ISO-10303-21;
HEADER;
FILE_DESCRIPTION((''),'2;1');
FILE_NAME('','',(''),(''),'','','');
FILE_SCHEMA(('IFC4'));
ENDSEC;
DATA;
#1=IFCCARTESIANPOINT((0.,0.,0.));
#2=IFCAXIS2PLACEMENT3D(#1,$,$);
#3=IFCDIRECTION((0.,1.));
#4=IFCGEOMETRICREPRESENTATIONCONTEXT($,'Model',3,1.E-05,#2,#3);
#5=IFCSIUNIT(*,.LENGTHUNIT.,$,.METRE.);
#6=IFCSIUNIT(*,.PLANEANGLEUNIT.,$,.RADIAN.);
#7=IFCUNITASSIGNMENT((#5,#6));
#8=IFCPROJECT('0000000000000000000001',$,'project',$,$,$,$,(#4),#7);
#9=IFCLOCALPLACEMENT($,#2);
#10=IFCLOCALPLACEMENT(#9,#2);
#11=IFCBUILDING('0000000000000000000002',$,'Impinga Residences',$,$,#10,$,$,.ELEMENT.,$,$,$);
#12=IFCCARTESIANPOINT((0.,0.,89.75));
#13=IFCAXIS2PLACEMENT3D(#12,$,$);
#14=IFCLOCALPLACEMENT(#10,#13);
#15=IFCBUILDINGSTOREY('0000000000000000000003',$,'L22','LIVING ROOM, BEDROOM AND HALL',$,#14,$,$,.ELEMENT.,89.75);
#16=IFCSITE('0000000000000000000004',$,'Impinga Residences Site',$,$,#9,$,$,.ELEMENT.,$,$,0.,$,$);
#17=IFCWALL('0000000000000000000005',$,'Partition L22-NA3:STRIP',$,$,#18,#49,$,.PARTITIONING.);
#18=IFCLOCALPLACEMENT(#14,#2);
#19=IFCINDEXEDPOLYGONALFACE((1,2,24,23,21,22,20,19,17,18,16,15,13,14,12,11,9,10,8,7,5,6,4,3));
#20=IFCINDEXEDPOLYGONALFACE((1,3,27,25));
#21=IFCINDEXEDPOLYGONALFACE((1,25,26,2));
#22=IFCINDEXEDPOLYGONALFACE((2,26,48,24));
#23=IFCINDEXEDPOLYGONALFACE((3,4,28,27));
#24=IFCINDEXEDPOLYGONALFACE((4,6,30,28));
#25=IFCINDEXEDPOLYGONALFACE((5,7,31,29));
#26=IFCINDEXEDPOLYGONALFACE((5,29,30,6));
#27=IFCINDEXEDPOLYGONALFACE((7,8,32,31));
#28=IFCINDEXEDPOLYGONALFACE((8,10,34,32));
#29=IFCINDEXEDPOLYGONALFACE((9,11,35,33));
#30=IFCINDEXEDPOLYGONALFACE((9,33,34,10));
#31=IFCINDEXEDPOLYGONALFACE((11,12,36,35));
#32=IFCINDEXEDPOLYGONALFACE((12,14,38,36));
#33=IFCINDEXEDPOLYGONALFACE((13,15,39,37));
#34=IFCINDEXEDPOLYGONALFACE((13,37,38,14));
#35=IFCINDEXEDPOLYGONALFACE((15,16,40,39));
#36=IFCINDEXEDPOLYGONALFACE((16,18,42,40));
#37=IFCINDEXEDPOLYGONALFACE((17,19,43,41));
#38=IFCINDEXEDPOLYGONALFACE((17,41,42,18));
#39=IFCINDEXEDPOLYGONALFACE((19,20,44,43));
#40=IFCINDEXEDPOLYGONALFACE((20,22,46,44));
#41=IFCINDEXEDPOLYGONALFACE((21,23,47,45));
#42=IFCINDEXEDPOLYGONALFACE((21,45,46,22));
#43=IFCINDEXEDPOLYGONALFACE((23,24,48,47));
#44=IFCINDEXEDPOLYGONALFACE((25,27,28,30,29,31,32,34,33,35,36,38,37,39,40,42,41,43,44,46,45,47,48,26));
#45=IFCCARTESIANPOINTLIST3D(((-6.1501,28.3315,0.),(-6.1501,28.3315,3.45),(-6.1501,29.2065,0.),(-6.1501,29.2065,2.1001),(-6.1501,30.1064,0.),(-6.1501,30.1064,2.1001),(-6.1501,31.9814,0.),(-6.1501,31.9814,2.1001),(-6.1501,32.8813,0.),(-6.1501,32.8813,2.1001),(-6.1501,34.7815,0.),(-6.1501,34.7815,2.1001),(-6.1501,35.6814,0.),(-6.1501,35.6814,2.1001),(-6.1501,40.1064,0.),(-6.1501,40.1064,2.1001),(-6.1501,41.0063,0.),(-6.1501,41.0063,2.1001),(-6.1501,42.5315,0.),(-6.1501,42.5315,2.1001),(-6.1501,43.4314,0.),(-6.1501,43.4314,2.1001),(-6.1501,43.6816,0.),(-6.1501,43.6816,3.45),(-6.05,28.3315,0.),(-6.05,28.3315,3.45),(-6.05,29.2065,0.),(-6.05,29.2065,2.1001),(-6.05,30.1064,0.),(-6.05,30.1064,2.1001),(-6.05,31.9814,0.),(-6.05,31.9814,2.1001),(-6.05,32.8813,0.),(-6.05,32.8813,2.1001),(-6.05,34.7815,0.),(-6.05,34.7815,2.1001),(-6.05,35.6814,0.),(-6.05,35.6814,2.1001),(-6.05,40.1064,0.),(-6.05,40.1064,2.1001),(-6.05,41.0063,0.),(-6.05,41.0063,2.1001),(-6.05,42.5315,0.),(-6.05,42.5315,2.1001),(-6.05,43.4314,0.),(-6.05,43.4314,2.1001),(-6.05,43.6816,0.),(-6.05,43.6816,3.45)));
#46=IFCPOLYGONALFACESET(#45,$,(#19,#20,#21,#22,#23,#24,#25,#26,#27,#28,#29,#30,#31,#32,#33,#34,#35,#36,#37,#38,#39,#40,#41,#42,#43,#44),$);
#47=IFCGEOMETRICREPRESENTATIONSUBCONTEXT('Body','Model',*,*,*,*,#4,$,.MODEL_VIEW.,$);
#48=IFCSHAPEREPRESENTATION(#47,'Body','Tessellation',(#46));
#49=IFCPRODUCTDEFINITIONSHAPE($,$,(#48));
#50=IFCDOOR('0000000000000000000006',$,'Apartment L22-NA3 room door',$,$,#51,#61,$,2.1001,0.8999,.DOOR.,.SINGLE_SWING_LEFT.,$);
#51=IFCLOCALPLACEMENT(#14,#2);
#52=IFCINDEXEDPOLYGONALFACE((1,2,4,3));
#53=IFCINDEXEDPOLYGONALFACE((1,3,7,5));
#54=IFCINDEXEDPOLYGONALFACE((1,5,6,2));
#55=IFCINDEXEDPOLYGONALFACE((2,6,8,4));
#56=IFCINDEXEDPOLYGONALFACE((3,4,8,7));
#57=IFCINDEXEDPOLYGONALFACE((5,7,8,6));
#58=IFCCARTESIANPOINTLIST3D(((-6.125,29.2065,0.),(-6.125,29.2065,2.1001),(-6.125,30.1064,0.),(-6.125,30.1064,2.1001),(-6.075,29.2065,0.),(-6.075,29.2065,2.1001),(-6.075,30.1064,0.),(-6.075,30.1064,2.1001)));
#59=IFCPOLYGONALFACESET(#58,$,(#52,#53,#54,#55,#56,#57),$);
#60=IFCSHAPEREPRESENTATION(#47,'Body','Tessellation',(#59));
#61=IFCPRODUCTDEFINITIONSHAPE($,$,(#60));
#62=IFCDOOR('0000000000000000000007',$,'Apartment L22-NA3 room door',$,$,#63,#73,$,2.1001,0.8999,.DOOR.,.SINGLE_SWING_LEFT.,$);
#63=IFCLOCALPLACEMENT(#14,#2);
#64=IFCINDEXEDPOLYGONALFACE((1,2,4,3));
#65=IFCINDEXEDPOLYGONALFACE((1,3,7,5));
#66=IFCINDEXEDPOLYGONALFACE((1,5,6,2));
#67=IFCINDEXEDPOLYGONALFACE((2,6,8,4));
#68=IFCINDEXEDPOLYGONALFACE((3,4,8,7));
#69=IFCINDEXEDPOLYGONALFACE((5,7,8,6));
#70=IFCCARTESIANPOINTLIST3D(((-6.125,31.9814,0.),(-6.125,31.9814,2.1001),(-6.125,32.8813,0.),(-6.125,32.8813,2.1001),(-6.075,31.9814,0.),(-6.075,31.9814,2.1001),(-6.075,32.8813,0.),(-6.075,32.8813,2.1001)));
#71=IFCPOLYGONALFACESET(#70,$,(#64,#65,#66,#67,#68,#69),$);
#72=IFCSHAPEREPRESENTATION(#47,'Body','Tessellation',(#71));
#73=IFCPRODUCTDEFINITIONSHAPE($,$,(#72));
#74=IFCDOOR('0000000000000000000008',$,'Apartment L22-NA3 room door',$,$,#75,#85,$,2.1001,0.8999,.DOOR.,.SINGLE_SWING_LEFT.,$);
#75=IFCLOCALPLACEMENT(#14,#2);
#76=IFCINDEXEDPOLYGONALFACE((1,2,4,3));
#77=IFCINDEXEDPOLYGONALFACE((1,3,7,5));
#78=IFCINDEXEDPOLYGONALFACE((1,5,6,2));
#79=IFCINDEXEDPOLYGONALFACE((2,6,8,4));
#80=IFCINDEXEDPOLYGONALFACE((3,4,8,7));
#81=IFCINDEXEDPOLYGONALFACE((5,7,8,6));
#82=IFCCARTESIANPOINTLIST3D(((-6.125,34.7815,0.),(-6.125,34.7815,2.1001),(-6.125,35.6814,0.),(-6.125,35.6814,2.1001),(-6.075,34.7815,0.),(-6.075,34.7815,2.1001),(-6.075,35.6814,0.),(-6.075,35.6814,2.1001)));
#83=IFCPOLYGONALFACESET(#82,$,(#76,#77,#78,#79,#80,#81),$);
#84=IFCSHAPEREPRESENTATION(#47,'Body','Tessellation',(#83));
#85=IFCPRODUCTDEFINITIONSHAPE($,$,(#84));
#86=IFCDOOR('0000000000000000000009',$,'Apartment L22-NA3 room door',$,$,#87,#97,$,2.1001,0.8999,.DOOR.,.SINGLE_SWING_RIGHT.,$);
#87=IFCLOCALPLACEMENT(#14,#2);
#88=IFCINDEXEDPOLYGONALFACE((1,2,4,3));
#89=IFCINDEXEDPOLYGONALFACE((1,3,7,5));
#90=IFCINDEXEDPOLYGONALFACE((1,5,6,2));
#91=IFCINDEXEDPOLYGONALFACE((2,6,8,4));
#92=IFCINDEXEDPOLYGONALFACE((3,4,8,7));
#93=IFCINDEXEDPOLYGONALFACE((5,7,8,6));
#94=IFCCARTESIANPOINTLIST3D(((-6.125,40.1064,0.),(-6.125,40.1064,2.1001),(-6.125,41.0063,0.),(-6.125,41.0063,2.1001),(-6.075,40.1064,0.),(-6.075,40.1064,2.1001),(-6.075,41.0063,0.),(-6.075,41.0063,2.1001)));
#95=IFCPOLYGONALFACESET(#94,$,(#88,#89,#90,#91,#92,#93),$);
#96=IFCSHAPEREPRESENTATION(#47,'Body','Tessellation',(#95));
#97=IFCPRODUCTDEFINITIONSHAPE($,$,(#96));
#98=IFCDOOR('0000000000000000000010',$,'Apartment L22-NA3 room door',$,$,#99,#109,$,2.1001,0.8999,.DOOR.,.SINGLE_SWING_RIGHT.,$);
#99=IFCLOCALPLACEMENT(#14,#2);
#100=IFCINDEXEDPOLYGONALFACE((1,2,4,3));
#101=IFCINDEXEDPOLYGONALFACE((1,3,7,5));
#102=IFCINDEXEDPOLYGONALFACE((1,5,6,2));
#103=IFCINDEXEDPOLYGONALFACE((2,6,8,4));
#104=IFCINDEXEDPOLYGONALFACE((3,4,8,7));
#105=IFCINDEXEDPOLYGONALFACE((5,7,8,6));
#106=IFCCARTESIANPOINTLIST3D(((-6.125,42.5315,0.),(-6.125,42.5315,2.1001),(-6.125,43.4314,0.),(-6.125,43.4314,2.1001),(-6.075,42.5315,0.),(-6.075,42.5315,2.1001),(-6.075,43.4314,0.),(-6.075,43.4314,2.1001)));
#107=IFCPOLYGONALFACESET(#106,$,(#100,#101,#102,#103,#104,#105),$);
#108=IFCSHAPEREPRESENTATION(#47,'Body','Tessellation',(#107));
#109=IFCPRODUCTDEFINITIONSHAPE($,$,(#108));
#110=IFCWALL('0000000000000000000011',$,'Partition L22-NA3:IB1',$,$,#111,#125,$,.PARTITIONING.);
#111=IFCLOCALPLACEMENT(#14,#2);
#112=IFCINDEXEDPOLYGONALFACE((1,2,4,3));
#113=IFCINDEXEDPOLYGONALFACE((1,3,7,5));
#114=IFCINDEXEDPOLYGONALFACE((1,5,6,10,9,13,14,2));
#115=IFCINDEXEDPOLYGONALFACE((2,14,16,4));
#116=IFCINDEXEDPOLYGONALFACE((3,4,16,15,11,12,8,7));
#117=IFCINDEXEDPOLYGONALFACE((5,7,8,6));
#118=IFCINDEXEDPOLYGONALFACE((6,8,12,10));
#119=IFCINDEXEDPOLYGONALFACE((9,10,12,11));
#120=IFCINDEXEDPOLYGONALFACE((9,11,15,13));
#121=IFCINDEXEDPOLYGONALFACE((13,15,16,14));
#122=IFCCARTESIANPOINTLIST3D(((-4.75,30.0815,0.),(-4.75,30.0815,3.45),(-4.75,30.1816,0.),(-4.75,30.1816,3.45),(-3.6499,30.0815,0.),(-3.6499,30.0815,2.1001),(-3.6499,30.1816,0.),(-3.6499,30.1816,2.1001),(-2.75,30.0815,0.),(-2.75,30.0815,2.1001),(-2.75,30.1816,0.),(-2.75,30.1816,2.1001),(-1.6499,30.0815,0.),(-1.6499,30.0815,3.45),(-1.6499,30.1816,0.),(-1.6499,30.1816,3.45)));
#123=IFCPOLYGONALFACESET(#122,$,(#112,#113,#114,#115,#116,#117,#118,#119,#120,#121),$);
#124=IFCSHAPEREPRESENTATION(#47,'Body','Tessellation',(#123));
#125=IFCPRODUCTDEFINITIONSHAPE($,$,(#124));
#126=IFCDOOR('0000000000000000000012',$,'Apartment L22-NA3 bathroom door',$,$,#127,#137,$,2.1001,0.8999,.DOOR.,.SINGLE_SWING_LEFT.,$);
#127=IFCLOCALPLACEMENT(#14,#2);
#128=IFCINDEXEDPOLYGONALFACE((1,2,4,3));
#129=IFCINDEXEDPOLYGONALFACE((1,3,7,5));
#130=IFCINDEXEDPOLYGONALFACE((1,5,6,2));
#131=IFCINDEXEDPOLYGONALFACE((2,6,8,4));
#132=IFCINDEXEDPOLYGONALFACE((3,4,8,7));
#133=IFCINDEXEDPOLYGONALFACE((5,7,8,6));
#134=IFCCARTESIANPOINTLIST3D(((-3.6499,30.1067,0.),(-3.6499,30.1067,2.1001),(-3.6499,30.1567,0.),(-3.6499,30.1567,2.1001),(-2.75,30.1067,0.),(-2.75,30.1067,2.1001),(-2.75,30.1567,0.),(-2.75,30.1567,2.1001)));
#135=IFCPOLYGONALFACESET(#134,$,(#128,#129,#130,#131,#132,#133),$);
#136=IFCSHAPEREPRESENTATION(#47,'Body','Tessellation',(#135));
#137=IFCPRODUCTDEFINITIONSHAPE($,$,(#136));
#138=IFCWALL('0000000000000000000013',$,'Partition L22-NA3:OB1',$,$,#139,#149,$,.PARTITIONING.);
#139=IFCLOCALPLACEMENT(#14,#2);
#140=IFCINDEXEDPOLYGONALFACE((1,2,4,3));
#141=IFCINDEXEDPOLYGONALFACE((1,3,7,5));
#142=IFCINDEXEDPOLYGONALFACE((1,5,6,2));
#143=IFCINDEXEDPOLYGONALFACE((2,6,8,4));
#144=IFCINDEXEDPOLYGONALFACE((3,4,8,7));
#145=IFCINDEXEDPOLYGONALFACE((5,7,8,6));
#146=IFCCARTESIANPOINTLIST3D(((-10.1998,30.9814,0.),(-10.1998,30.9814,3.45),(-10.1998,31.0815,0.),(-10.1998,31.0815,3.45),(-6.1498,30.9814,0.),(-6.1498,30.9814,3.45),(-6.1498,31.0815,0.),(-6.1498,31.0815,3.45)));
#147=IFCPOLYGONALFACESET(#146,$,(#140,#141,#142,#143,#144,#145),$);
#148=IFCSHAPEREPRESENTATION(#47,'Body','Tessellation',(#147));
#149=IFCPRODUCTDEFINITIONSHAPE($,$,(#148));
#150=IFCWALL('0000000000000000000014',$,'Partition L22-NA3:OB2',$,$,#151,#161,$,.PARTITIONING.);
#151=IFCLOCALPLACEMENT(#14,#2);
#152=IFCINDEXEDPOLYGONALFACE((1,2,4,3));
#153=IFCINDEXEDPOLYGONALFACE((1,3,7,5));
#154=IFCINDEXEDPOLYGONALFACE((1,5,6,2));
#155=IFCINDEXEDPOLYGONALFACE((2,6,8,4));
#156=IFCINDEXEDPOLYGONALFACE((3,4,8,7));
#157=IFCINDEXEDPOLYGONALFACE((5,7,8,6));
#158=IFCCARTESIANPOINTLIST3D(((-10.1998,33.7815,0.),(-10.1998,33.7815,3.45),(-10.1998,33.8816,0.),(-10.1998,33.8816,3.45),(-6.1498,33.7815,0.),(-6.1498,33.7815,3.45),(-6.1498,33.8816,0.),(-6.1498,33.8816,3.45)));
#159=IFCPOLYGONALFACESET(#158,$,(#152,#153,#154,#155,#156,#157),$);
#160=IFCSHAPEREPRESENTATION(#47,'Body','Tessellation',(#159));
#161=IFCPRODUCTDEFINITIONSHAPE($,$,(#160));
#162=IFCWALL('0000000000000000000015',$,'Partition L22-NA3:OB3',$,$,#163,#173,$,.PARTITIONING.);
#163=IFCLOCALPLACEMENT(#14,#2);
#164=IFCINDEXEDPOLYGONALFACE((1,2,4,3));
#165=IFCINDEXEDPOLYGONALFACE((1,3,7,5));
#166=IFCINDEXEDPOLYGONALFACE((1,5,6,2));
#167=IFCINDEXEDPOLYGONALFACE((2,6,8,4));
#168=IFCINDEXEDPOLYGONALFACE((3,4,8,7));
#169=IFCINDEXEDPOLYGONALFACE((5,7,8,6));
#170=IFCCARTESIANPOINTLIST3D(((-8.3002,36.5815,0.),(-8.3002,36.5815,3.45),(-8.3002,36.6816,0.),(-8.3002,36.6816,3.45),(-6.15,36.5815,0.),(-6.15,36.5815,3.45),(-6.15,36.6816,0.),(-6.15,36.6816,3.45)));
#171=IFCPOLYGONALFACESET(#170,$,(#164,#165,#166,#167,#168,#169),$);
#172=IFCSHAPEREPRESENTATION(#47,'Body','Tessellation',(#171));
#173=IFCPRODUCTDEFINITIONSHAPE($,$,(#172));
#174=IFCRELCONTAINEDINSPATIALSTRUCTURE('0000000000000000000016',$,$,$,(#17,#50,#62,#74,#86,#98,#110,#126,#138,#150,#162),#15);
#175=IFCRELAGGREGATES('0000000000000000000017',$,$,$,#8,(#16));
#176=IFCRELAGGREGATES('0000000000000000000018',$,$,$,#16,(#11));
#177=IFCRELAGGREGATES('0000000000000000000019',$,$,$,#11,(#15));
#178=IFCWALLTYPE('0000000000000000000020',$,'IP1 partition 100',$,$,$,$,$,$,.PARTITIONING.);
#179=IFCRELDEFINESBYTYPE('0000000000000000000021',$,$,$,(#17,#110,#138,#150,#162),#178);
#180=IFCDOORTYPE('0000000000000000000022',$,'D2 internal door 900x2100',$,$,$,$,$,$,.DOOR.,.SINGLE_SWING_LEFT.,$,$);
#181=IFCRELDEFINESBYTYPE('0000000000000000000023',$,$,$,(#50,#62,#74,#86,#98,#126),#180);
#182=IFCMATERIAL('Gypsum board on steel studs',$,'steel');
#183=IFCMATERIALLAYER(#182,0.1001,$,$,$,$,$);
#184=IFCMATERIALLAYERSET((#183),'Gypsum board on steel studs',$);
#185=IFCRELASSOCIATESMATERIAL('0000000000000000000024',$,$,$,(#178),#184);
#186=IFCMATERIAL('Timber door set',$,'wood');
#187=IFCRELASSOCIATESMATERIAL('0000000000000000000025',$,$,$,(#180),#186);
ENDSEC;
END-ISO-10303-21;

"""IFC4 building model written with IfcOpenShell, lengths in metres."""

from ifc_helpers import new_model, si_unit, direction, frame, frame_2d, origin, place, context, subcontext, project, spatial, rectangle, extrude, material, layer, layer_set, type_object, element, fill, save


model = new_model("IFC4")

# Units and contexts
model_context = context("Model", 3, precision=1e-05, world=origin(), true_north=direction((0.0, 1.0)))
body_context = subcontext(model_context, "Body", "Model", "MODEL_VIEW")
ifc_project = project(units=[si_unit("LENGTHUNIT", "METRE"), si_unit("PLANEANGLEUNIT", "RADIAN")], contexts=[model_context])

# Site, building, storey
site_placement = place(None, origin())
site = spatial("IfcSite", under=ifc_project, at=site_placement, Name="Impinga Residences Site", CompositionType="ELEMENT", RefElevation=0.0)
building_placement = place(site_placement, origin())
building = spatial("IfcBuilding", under=site, at=building_placement, Name="Impinga Residences", CompositionType="ELEMENT")
storey_placement = place(building_placement, frame((0.0, 0.0, 89.75)))
storey = spatial("IfcBuildingStorey", under=building, at=storey_placement, Name="L22", Description="LIVING ROOM, BEDROOM AND HALL", CompositionType="ELEMENT", Elevation=89.75)

# Shared definitions
ifc_material_1 = material(Name="Timber door set", Category="wood")

# Shared definitions
ifc_material_2 = material(Name="Gypsum board on steel studs", Category="steel")
ifc_layer_1 = layer(ifc_material_2, 0.1001)
ifc_layer_set_1 = layer_set([ifc_layer_1], Name="Gypsum board on steel studs")
wall_type_1 = type_object("IfcWallType", Name="IP1 partition 100", PredefinedType="PARTITIONING", material=ifc_layer_set_1)

# Wall, openings, doors
wall_1_placement = place(storey_placement, frame((-6.1001, 28.3315, 0.0), z_axis=(0.0, 0.0, 1.0), x_axis=(0.0, 1.0, 0.0)))
wall_1 = element("IfcWall", 1, at=wall_1_placement, inside=storey, type_object=wall_type_1, Name="Partition L22-NA3:STRIP", PredefinedType="PARTITIONING", context=body_context, shape_type="SweptSolid", body=[
    extrude(rectangle(XDim=15.3501, YDim=0.1001, at=frame_2d((7.675, 0.0))), origin(), (0.0, 0.0, 1.0), 3.45),
])
opening_1_placement = place(wall_1_placement, frame((0.875, 0.0, 0.0)))
opening_1 = element("IfcOpeningElement", 2, at=opening_1_placement, cuts=wall_1, PredefinedType="OPENING", context=body_context, shape_type="SweptSolid", body=[
    extrude(rectangle(XDim=0.8999, YDim=2.1001, at=frame_2d((0.45, 1.05))), frame((0.0, 0.0601, 0.0), z_axis=(0.0, -1.0, 0.0), x_axis=(1.0, 0.0, 0.0)), (0.0, 0.0, 1.0), 0.1201),
])
opening_2_placement = place(wall_1_placement, frame((3.6499, 0.0, 0.0)))
opening_2 = element("IfcOpeningElement", 3, at=opening_2_placement, cuts=wall_1, PredefinedType="OPENING", context=body_context, shape_type="SweptSolid", body=[
    extrude(rectangle(XDim=0.8999, YDim=2.1001, at=frame_2d((0.45, 1.05))), frame((0.0, 0.0601, 0.0), z_axis=(0.0, -1.0, 0.0), x_axis=(1.0, 0.0, 0.0)), (0.0, 0.0, 1.0), 0.1201),
])
opening_3_placement = place(wall_1_placement, frame((6.45, 0.0, 0.0)))
opening_3 = element("IfcOpeningElement", 4, at=opening_3_placement, cuts=wall_1, PredefinedType="OPENING", context=body_context, shape_type="SweptSolid", body=[
    extrude(rectangle(XDim=0.8999, YDim=2.1001, at=frame_2d((0.45, 1.05))), frame((0.0, 0.0601, 0.0), z_axis=(0.0, -1.0, 0.0), x_axis=(1.0, 0.0, 0.0)), (0.0, 0.0, 1.0), 0.1201),
])
opening_4_placement = place(wall_1_placement, frame((11.7749, 0.0, 0.0)))
opening_4 = element("IfcOpeningElement", 5, at=opening_4_placement, cuts=wall_1, PredefinedType="OPENING", context=body_context, shape_type="SweptSolid", body=[
    extrude(rectangle(XDim=0.8999, YDim=2.1001, at=frame_2d((0.45, 1.05))), frame((0.0, 0.0601, 0.0), z_axis=(0.0, -1.0, 0.0), x_axis=(1.0, 0.0, 0.0)), (0.0, 0.0, 1.0), 0.1201),
])
opening_5_placement = place(wall_1_placement, frame((14.2, 0.0, 0.0)))
opening_5 = element("IfcOpeningElement", 6, at=opening_5_placement, cuts=wall_1, PredefinedType="OPENING", context=body_context, shape_type="SweptSolid", body=[
    extrude(rectangle(XDim=0.8999, YDim=2.1001, at=frame_2d((0.45, 1.05))), frame((0.0, 0.0601, 0.0), z_axis=(0.0, -1.0, 0.0), x_axis=(1.0, 0.0, 0.0)), (0.0, 0.0, 1.0), 0.1201),
])
door_type_1 = type_object("IfcDoorType", Name="D2 internal door 900x2100", OperationType="SINGLE_SWING_LEFT", PredefinedType="DOOR", material=ifc_material_1)
door_1_placement = place(opening_1_placement, origin())
door_1 = element("IfcDoor", 7, at=door_1_placement, inside=storey, type_object=door_type_1, Name="Apartment L22-NA3 room door", OperationType="SINGLE_SWING_LEFT", OverallHeight=2.1001, OverallWidth=0.8999, PredefinedType="DOOR", context=body_context, shape_type="SweptSolid", body=[
    extrude(rectangle(XDim=0.8999, YDim=2.1001, at=frame_2d((0.45, 1.05))), frame((0.0, 0.0249, 0.0), z_axis=(0.0, -1.0, 0.0), x_axis=(1.0, 0.0, 0.0)), (0.0, 0.0, 1.0), 0.05),
])
fill(opening_1, door_1)
door_2_placement = place(opening_2_placement, origin())
door_2 = element("IfcDoor", 8, at=door_2_placement, inside=storey, type_object=door_type_1, Name="Apartment L22-NA3 room door", OperationType="SINGLE_SWING_LEFT", OverallHeight=2.1001, OverallWidth=0.8999, PredefinedType="DOOR", context=body_context, shape_type="SweptSolid", body=[
    extrude(rectangle(XDim=0.8999, YDim=2.1001, at=frame_2d((0.45, 1.05))), frame((0.0, 0.0249, 0.0), z_axis=(0.0, -1.0, 0.0), x_axis=(1.0, 0.0, 0.0)), (0.0, 0.0, 1.0), 0.05),
])
fill(opening_2, door_2)
door_3_placement = place(opening_3_placement, origin())
door_3 = element("IfcDoor", 9, at=door_3_placement, inside=storey, type_object=door_type_1, Name="Apartment L22-NA3 room door", OperationType="SINGLE_SWING_LEFT", OverallHeight=2.1001, OverallWidth=0.8999, PredefinedType="DOOR", context=body_context, shape_type="SweptSolid", body=[
    extrude(rectangle(XDim=0.8999, YDim=2.1001, at=frame_2d((0.45, 1.05))), frame((0.0, 0.0249, 0.0), z_axis=(0.0, -1.0, 0.0), x_axis=(1.0, 0.0, 0.0)), (0.0, 0.0, 1.0), 0.05),
])
fill(opening_3, door_3)
door_4_placement = place(opening_4_placement, origin())
door_4 = element("IfcDoor", 10, at=door_4_placement, inside=storey, type_object=door_type_1, Name="Apartment L22-NA3 room door", OperationType="SINGLE_SWING_RIGHT", OverallHeight=2.1001, OverallWidth=0.8999, PredefinedType="DOOR", context=body_context, shape_type="SweptSolid", body=[
    extrude(rectangle(XDim=0.8999, YDim=2.1001, at=frame_2d((0.45, 1.05))), frame((0.0, 0.0249, 0.0), z_axis=(0.0, -1.0, 0.0), x_axis=(1.0, 0.0, 0.0)), (0.0, 0.0, 1.0), 0.05),
])
fill(opening_4, door_4)
door_5_placement = place(opening_5_placement, origin())
door_5 = element("IfcDoor", 11, at=door_5_placement, inside=storey, type_object=door_type_1, Name="Apartment L22-NA3 room door", OperationType="SINGLE_SWING_RIGHT", OverallHeight=2.1001, OverallWidth=0.8999, PredefinedType="DOOR", context=body_context, shape_type="SweptSolid", body=[
    extrude(rectangle(XDim=0.8999, YDim=2.1001, at=frame_2d((0.45, 1.05))), frame((0.0, 0.0249, 0.0), z_axis=(0.0, -1.0, 0.0), x_axis=(1.0, 0.0, 0.0)), (0.0, 0.0, 1.0), 0.05),
])
fill(opening_5, door_5)

# Wall, opening, door
wall_2_placement = place(storey_placement, frame((-1.6499, 30.1316, 0.0), z_axis=(0.0, 0.0, 1.0), x_axis=(-1.0, 0.0, 0.0)))
wall_2 = element("IfcWall", 12, at=wall_2_placement, inside=storey, type_object=wall_type_1, Name="Partition L22-NA3:IB1", PredefinedType="PARTITIONING", context=body_context, shape_type="SweptSolid", body=[
    extrude(rectangle(XDim=3.1001, YDim=0.1001, at=frame_2d((1.55, 0.0))), origin(), (0.0, 0.0, 1.0), 3.45),
])
opening_6_placement = place(wall_2_placement, frame((1.1001, 0.0, 0.0)))
opening_6 = element("IfcOpeningElement", 13, at=opening_6_placement, cuts=wall_2, PredefinedType="OPENING", context=body_context, shape_type="SweptSolid", body=[
    extrude(rectangle(XDim=0.8999, YDim=2.1001, at=frame_2d((0.45, 1.05))), frame((0.0, 0.0601, 0.0), z_axis=(0.0, -1.0, 0.0), x_axis=(1.0, 0.0, 0.0)), (0.0, 0.0, 1.0), 0.1201),
])
door_6_placement = place(opening_6_placement, origin())
door_6 = element("IfcDoor", 14, at=door_6_placement, inside=storey, type_object=door_type_1, Name="Apartment L22-NA3 bathroom door", OperationType="SINGLE_SWING_LEFT", OverallHeight=2.1001, OverallWidth=0.8999, PredefinedType="DOOR", context=body_context, shape_type="SweptSolid", body=[
    extrude(rectangle(XDim=0.8999, YDim=2.1001, at=frame_2d((0.45, 1.05))), frame((0.0, 0.0249, 0.0), z_axis=(0.0, -1.0, 0.0), x_axis=(1.0, 0.0, 0.0)), (0.0, 0.0, 1.0), 0.05),
])
fill(opening_6, door_6)

# Walls
for number, where, z_axis, x_axis, name in (
    (15, (-6.1499, 31.0315, 0.0), (0.0, 0.0, 1.0), (-1.0, 0.0, 0.0), "Partition L22-NA3:OB1"),
    (16, (-6.1499, 33.8315, 0.0), (0.0, 0.0, 1.0), (-1.0, 0.0, 0.0), "Partition L22-NA3:OB2"),
):
    element("IfcWall", number, at=place(storey_placement, frame(where, z_axis=z_axis, x_axis=x_axis)), inside=storey, type_object=wall_type_1, Name=name, PredefinedType="PARTITIONING", context=body_context, shape_type="SweptSolid", body=[
        extrude(rectangle(XDim=4.05, YDim=0.1001, at=frame_2d((2.0249, 0.0))), origin(), (0.0, 0.0, 1.0), 3.45),
    ])
wall_3_placement = place(storey_placement, frame((-6.1499, 36.6316, 0.0), z_axis=(0.0, 0.0, 1.0), x_axis=(-1.0, 0.0, 0.0)))
element("IfcWall", 17, at=wall_3_placement, inside=storey, type_object=wall_type_1, Name="Partition L22-NA3:OB3", PredefinedType="PARTITIONING", context=body_context, shape_type="SweptSolid", body=[
    extrude(rectangle(XDim=2.1501, YDim=0.1001, at=frame_2d((1.0752, 0.0))), origin(), (0.0, 0.0, 1.0), 3.45),
])

save(model, "model.ifc")
